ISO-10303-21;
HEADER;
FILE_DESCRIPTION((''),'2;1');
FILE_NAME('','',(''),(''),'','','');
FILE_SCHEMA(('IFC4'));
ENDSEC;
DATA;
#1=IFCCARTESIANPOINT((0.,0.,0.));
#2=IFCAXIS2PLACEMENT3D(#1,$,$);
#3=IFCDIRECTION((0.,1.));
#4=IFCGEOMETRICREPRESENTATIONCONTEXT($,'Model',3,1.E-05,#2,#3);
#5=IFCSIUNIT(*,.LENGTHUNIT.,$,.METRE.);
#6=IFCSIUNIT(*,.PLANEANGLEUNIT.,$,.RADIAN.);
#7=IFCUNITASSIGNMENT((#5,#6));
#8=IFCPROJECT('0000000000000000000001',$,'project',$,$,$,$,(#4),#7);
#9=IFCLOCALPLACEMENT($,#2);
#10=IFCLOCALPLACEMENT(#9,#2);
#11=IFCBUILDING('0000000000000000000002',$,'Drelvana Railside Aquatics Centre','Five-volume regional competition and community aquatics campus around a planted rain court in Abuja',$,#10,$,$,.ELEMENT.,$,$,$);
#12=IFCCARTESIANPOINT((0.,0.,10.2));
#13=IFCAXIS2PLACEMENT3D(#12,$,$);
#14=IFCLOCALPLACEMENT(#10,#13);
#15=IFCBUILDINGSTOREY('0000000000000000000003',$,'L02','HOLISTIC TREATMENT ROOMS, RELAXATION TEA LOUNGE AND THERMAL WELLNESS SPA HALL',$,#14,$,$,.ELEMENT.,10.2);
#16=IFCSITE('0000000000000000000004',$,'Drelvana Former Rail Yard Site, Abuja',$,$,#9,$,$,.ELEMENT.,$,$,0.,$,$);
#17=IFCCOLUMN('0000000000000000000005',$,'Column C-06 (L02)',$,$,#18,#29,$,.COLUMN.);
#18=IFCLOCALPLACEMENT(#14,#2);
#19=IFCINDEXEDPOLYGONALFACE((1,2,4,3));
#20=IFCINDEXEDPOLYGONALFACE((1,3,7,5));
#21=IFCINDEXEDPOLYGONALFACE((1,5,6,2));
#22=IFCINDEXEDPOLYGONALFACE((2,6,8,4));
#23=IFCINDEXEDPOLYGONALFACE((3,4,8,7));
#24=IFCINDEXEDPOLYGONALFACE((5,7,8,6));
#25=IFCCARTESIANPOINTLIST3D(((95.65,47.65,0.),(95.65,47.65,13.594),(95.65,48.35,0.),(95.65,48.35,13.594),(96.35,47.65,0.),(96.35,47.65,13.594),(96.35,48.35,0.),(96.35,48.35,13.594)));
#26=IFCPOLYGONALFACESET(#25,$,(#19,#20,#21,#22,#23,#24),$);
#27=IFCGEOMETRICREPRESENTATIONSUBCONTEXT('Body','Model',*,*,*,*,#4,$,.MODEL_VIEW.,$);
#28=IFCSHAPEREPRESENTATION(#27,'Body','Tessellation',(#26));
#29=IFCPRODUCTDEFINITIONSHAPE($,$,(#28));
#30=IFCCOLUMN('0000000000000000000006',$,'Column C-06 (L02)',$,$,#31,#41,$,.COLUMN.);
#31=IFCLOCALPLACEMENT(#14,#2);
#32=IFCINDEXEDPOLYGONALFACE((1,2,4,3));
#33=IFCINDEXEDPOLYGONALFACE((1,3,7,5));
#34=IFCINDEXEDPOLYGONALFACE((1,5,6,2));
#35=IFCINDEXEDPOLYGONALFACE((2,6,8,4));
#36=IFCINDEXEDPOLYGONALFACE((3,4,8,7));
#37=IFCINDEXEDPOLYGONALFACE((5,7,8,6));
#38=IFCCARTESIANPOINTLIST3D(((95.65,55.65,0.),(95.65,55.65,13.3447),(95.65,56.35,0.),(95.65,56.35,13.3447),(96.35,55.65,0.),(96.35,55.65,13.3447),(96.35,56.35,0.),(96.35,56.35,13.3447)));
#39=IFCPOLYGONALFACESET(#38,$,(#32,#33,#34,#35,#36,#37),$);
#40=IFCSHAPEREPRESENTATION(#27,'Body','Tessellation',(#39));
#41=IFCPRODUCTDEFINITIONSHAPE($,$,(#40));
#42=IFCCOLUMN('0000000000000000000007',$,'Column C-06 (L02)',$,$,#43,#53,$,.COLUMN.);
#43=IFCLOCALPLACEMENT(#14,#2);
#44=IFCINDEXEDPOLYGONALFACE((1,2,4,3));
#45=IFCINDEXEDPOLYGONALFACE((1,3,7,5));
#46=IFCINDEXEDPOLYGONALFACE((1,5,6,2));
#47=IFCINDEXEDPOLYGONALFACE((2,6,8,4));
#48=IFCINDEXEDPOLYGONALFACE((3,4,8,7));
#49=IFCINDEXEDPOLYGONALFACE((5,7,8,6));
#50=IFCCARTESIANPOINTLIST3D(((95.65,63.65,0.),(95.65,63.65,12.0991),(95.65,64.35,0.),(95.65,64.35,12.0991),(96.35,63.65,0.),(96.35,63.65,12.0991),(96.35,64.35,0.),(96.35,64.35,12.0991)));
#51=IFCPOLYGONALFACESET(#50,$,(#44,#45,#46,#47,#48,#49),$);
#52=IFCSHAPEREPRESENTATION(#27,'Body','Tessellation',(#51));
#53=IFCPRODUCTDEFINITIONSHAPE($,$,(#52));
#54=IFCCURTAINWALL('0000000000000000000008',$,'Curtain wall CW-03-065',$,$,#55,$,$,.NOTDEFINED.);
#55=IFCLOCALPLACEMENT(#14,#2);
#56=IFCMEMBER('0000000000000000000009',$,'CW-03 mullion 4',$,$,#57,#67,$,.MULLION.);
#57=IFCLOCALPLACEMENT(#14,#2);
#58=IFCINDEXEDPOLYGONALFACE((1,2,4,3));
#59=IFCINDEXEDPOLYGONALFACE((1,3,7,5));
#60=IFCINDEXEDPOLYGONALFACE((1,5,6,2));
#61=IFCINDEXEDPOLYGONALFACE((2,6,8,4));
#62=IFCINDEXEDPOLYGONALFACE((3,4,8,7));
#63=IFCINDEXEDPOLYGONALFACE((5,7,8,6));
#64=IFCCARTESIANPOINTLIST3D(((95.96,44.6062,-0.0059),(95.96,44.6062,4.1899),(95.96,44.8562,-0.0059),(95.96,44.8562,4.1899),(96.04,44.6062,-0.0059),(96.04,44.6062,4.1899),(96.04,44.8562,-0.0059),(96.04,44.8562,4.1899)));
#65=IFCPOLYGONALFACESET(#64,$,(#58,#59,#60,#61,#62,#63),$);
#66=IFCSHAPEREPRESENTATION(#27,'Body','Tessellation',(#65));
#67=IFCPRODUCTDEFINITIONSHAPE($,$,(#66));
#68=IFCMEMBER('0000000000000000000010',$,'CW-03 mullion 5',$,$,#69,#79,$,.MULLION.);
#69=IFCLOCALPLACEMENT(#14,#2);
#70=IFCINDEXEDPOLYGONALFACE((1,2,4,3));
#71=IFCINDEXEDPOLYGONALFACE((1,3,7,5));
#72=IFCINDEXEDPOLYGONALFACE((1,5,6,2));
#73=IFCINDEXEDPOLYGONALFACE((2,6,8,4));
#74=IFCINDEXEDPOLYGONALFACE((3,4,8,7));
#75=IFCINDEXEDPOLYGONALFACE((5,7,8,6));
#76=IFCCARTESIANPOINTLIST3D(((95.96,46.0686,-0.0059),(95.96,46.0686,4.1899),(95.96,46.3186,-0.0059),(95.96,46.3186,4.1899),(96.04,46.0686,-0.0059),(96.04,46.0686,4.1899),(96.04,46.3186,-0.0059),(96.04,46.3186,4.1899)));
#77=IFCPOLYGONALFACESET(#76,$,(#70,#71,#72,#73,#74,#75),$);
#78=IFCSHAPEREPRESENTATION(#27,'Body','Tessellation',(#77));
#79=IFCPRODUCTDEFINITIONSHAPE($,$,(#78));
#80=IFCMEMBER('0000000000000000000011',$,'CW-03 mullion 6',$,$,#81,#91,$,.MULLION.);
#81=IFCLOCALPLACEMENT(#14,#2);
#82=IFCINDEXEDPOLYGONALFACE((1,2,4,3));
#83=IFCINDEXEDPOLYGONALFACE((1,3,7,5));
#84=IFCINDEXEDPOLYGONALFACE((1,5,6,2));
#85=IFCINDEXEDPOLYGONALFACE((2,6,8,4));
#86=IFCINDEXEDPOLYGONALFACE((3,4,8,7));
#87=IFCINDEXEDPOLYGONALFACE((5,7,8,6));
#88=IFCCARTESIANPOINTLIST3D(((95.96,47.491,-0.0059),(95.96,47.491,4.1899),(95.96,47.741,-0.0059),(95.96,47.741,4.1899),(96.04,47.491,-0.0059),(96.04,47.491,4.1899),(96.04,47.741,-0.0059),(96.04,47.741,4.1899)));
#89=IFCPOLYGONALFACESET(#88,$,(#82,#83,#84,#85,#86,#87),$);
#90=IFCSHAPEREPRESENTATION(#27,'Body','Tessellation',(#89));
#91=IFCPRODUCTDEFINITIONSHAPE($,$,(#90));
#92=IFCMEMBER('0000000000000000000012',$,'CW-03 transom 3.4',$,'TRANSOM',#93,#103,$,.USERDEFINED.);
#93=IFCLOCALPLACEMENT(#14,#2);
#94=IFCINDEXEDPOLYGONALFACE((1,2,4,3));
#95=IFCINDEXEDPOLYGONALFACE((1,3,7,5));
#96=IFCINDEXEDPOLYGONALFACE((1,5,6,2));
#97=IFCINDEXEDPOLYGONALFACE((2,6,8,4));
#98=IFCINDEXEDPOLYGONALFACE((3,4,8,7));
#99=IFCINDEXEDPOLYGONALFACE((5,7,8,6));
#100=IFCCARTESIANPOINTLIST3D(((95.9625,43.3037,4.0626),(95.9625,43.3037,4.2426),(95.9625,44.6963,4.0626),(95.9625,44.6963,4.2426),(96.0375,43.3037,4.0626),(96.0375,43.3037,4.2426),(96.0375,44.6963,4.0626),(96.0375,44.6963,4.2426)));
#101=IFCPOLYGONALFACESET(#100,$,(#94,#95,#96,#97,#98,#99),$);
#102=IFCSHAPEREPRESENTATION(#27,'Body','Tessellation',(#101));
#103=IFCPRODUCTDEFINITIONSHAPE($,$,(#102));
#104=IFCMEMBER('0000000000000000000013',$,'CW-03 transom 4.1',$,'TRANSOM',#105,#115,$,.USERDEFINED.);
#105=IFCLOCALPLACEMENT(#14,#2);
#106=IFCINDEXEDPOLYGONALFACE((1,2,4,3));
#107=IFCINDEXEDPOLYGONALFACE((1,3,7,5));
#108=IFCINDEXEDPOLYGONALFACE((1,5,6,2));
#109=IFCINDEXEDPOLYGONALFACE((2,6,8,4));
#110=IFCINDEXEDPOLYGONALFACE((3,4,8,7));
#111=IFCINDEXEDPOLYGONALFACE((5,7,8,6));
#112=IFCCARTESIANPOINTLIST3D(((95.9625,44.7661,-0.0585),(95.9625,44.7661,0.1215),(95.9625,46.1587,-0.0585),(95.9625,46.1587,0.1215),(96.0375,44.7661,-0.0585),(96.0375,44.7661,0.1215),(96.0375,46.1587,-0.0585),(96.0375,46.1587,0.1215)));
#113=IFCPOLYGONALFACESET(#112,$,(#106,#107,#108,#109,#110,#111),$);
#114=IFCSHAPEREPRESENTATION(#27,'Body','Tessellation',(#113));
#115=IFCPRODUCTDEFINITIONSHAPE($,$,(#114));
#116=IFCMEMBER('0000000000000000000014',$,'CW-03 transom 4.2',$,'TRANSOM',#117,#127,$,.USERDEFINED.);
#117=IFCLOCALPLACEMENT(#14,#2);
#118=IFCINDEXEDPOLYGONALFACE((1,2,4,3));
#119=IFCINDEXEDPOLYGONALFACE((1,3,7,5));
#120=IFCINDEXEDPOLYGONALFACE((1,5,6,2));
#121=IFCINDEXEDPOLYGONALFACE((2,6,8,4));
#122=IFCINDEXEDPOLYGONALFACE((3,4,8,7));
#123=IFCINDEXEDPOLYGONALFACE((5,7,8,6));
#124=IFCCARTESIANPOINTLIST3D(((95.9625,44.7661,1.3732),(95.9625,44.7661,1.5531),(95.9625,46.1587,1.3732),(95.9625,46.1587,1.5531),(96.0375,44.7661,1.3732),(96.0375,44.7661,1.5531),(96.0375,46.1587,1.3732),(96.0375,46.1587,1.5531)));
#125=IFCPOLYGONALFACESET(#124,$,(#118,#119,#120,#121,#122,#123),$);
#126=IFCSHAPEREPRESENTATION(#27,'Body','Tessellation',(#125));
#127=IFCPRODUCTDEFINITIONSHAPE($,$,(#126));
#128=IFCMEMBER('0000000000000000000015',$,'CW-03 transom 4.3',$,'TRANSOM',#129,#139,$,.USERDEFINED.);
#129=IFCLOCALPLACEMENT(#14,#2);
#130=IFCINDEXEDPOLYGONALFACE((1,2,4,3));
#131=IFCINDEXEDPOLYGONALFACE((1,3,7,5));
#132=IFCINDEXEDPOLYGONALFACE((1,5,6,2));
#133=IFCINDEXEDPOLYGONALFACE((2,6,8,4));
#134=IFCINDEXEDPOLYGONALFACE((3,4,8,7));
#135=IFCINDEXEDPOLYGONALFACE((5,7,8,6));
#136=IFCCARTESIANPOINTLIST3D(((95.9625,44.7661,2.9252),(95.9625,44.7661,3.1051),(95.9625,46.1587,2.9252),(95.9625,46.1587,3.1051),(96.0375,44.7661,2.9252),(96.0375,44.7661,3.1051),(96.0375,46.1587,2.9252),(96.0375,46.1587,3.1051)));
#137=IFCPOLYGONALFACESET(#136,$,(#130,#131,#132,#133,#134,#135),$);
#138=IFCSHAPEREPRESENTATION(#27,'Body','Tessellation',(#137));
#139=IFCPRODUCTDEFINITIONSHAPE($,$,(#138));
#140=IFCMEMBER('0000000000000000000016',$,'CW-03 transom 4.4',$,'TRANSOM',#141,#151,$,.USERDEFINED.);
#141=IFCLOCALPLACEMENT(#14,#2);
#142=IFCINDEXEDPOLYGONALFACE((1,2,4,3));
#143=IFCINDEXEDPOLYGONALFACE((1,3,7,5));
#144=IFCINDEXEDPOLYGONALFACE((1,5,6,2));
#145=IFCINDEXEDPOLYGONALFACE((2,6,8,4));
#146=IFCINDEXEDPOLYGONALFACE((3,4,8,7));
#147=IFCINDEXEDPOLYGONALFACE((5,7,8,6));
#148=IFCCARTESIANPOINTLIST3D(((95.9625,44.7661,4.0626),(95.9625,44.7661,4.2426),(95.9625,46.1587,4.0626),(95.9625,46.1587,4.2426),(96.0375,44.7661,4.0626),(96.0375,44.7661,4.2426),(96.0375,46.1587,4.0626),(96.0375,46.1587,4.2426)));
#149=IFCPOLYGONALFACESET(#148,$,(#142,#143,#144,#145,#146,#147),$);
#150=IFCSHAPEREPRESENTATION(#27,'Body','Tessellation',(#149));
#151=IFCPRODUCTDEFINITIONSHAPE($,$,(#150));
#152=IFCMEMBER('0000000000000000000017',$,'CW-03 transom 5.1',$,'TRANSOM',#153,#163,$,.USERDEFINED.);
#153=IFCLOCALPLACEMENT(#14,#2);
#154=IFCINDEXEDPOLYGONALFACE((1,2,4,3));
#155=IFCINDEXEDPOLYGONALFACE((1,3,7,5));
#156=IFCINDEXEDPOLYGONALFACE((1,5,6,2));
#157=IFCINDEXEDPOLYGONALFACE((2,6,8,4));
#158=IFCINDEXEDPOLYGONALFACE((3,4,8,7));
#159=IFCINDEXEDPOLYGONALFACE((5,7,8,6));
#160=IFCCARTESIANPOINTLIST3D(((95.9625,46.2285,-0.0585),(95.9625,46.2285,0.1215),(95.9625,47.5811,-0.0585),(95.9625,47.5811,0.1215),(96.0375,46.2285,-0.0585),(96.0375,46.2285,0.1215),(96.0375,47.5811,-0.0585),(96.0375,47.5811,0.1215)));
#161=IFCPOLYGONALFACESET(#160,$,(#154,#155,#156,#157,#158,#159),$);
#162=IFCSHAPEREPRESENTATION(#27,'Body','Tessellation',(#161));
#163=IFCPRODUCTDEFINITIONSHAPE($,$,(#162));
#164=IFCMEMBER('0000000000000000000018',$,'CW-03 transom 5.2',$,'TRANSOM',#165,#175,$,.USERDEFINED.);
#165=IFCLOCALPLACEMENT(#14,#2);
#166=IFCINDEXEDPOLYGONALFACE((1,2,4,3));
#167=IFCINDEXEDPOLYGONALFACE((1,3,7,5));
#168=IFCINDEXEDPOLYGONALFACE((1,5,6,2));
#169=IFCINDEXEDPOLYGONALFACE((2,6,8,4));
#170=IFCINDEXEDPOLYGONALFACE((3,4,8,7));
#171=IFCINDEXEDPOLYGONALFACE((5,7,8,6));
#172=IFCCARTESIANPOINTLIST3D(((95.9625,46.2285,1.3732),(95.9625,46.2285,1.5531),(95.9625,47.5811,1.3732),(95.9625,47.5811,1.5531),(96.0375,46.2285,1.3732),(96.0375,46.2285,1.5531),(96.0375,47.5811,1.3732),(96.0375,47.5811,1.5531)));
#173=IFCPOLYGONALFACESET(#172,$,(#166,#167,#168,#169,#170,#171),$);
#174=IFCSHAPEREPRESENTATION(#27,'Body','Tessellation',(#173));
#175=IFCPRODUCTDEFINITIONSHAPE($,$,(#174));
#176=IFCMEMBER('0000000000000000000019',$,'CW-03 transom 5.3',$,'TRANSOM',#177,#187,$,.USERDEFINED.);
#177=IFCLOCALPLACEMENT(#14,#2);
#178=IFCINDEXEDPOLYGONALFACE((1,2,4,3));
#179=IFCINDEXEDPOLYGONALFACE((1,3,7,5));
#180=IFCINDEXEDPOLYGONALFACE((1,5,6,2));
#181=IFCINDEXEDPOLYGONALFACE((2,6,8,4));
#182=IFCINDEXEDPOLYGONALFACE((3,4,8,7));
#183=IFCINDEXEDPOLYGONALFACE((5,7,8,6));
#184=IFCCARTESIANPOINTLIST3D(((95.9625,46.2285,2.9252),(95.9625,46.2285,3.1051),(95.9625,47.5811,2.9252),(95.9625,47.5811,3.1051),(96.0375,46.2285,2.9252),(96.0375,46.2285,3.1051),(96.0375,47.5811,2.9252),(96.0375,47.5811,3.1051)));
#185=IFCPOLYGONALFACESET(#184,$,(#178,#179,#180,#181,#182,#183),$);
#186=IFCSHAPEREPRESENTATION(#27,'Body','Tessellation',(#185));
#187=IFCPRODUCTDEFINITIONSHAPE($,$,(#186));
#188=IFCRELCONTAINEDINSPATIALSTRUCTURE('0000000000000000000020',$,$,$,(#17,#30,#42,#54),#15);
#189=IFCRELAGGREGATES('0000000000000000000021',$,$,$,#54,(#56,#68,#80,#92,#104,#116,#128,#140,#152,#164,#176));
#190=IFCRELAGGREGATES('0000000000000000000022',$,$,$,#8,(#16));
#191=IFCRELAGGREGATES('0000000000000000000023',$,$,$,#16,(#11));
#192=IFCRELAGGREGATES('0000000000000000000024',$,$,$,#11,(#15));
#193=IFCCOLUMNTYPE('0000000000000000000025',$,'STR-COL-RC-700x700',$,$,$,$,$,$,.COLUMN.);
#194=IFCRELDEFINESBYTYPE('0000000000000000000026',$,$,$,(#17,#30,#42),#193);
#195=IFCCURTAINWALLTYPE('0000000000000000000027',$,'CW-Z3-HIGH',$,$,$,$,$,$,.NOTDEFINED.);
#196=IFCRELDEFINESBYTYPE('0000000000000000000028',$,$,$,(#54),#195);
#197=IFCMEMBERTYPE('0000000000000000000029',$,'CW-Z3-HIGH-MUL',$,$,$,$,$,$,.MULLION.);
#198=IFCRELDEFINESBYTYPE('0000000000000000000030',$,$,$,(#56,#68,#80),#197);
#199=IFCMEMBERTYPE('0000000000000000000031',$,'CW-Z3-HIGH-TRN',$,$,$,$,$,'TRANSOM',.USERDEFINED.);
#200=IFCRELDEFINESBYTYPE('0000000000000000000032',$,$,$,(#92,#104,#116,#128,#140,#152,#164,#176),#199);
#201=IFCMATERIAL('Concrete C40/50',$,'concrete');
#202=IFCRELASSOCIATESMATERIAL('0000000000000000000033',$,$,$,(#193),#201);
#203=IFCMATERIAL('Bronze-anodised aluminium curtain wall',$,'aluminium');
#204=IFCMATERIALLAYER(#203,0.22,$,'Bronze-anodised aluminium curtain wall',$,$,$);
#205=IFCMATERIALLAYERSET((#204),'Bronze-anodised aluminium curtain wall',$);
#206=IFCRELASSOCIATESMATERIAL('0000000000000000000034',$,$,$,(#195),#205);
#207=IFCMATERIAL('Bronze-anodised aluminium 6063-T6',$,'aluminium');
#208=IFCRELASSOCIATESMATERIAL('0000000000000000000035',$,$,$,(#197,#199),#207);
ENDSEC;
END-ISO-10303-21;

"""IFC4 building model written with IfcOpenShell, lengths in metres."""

from ifc_helpers import new_model, si_unit, direction, frame, origin, origin_2d, place, context, subcontext, project, spatial, rectangle, extrude, material, layer, layer_set, material_profile, profile_set, type_object, element, aggregate, save


model = new_model("IFC4")

# Units and contexts
model_context = context("Model", 3, precision=1e-05, world=origin(), true_north=direction((0.0, 1.0)))
body_context = subcontext(model_context, "Body", "Model", "MODEL_VIEW")
ifc_project = project(units=[si_unit("LENGTHUNIT", "METRE"), si_unit("PLANEANGLEUNIT", "RADIAN")], contexts=[model_context])

# Site, building, storey
site_placement = place(None, origin())
site = spatial("IfcSite", under=ifc_project, at=site_placement, Name="Drelvana Former Rail Yard Site, Abuja", CompositionType="ELEMENT", RefElevation=0.0)
building_placement = place(site_placement, origin())
building = spatial("IfcBuilding", under=site, at=building_placement, Name="Drelvana Railside Aquatics Centre", Description="Five-volume regional competition and community aquatics campus around a planted rain court in Abuja", CompositionType="ELEMENT")
storey_placement = place(building_placement, frame((0.0, 0.0, 10.2)))
storey = spatial("IfcBuildingStorey", under=building, at=storey_placement, Name="L02", Description="HOLISTIC TREATMENT ROOMS, RELAXATION TEA LOUNGE AND THERMAL WELLNESS SPA HALL", CompositionType="ELEMENT", Elevation=10.2)

# Columns
ifc_material_1 = material(Name="Concrete C40/50", Category="concrete")
ifc_material_profile_1 = material_profile(ifc_material_1, rectangle(XDim=0.7, YDim=0.7, at=origin_2d()), Name="RC 700x700")
ifc_profile_set_1 = profile_set([ifc_material_profile_1], Name="Concrete C40/50")
column_type = type_object("IfcColumnType", Name="STR-COL-RC-700x700", PredefinedType="COLUMN", material=ifc_profile_set_1)
column_1_placement = place(storey_placement, frame((96.0, 48.0, 0.0), z_axis=(0.0, 0.0, 1.0), x_axis=(1.0, 0.0, 0.0)))
element("IfcColumn", 1, at=column_1_placement, inside=storey, type_object=column_type, Name="Column C-06 (L02)", PredefinedType="COLUMN", context=body_context, shape_type="SweptSolid", body=[
    extrude(rectangle(XDim=0.7, YDim=0.7, at=origin_2d()), origin(), (0.0, 0.0, 1.0), 13.594),
])
column_2_placement = place(storey_placement, frame((96.0, 56.0, 0.0), z_axis=(0.0, 0.0, 1.0), x_axis=(1.0, 0.0, 0.0)))
element("IfcColumn", 2, at=column_2_placement, inside=storey, type_object=column_type, Name="Column C-06 (L02)", PredefinedType="COLUMN", context=body_context, shape_type="SweptSolid", body=[
    extrude(rectangle(XDim=0.7, YDim=0.7, at=origin_2d()), origin(), (0.0, 0.0, 1.0), 13.3447),
])
column_3_placement = place(storey_placement, frame((96.0, 64.0, 0.0), z_axis=(0.0, 0.0, 1.0), x_axis=(1.0, 0.0, 0.0)))
element("IfcColumn", 3, at=column_3_placement, inside=storey, type_object=column_type, Name="Column C-06 (L02)", PredefinedType="COLUMN", context=body_context, shape_type="SweptSolid", body=[
    extrude(rectangle(XDim=0.7, YDim=0.7, at=origin_2d()), origin(), (0.0, 0.0, 1.0), 12.0991),
])

# Curtain wall, members
ifc_material_2 = material(Name="Bronze-anodised aluminium curtain wall", Category="aluminium")
ifc_layer_1 = layer(ifc_material_2, 0.22, Name="Bronze-anodised aluminium curtain wall")
ifc_layer_set_1 = layer_set([ifc_layer_1], Name="Bronze-anodised aluminium curtain wall")
curtain_wall_type = type_object("IfcCurtainWallType", Name="CW-Z3-HIGH", PredefinedType="NOTDEFINED", material=ifc_layer_set_1)
curtain_wall_placement = place(storey_placement, origin())
curtain_wall = element("IfcCurtainWall", 4, at=curtain_wall_placement, inside=storey, type_object=curtain_wall_type, Name="Curtain wall CW-03-065", PredefinedType="NOTDEFINED")
ifc_material_3 = material(Name="Bronze-anodised aluminium 6063-T6", Category="aluminium")
ifc_material_profile_2 = material_profile(ifc_material_3, rectangle(XDim=0.0801, YDim=0.25, at=origin_2d()), Name="ALU-M 80x250")
ifc_profile_set_2 = profile_set([ifc_material_profile_2], Name="Bronze-anodised aluminium 6063-T6")
member_type_1 = type_object("IfcMemberType", Name="CW-Z3-HIGH-MUL", PredefinedType="MULLION", material=ifc_profile_set_2)
member_1_placement = place(storey_placement, frame((96.0, 44.7312, -0.0059), z_axis=(0.0, 0.0, 1.0), x_axis=(-1.0, 0.0, 0.0)))
member_1 = element("IfcMember", 5, at=member_1_placement, type_object=member_type_1, Name="CW-03 mullion 4", PredefinedType="MULLION", context=body_context, shape_type="SweptSolid", body=[
    extrude(rectangle(XDim=0.0801, YDim=0.25, at=origin_2d()), origin(), (0.0, 0.0, 1.0), 4.1958),
])
member_2_placement = place(storey_placement, frame((96.0, 46.1936, -0.0059), z_axis=(0.0, 0.0, 1.0), x_axis=(-1.0, 0.0, 0.0)))
member_2 = element("IfcMember", 6, at=member_2_placement, type_object=member_type_1, Name="CW-03 mullion 5", PredefinedType="MULLION", context=body_context, shape_type="SweptSolid", body=[
    extrude(rectangle(XDim=0.0801, YDim=0.25, at=origin_2d()), origin(), (0.0, 0.0, 1.0), 4.1958),
])
member_3_placement = place(storey_placement, frame((96.0, 47.616, -0.0059), z_axis=(0.0, 0.0, 1.0), x_axis=(-1.0, 0.0, 0.0)))
member_3 = element("IfcMember", 7, at=member_3_placement, type_object=member_type_1, Name="CW-03 mullion 6", PredefinedType="MULLION", context=body_context, shape_type="SweptSolid", body=[
    extrude(rectangle(XDim=0.0801, YDim=0.25, at=origin_2d()), origin(), (0.0, 0.0, 1.0), 4.1958),
])
ifc_material_profile_3 = material_profile(ifc_material_3, rectangle(XDim=0.1799, YDim=0.075, at=origin_2d()), Name="ALU-T 75x180")
ifc_profile_set_3 = profile_set([ifc_material_profile_3], Name="Bronze-anodised aluminium 6063-T6")
member_type_2 = type_object("IfcMemberType", Name="CW-Z3-HIGH-TRN", ElementType="TRANSOM", PredefinedType="USERDEFINED", material=ifc_profile_set_3)
member_4_placement = place(storey_placement, frame((96.0, 43.3037, 4.1526), z_axis=(0.0, 1.0, 0.0), x_axis=(0.0, 0.0, 1.0)))
member_4 = element("IfcMember", 8, at=member_4_placement, type_object=member_type_2, Name="CW-03 transom 3.4", ObjectType="TRANSOM", PredefinedType="USERDEFINED", context=body_context, shape_type="SweptSolid", body=[
    extrude(rectangle(XDim=0.1799, YDim=0.075, at=origin_2d()), origin(), (0.0, 0.0, 1.0), 1.3926),
])
member_5_placement = place(storey_placement, frame((96.0, 44.7661, 0.0315), z_axis=(0.0, 1.0, 0.0), x_axis=(0.0, 0.0, 1.0)))
member_5 = element("IfcMember", 9, at=member_5_placement, type_object=member_type_2, Name="CW-03 transom 4.1", ObjectType="TRANSOM", PredefinedType="USERDEFINED", context=body_context, shape_type="SweptSolid", body=[
    extrude(rectangle(XDim=0.1799, YDim=0.075, at=origin_2d()), origin(), (0.0, 0.0, 1.0), 1.3926),
])
member_6_placement = place(storey_placement, frame((96.0, 44.7661, 1.4631), z_axis=(0.0, 1.0, 0.0), x_axis=(0.0, 0.0, 1.0)))
member_6 = element("IfcMember", 10, at=member_6_placement, type_object=member_type_2, Name="CW-03 transom 4.2", ObjectType="TRANSOM", PredefinedType="USERDEFINED", context=body_context, shape_type="SweptSolid", body=[
    extrude(rectangle(XDim=0.1799, YDim=0.075, at=origin_2d()), origin(), (0.0, 0.0, 1.0), 1.3926),
])
member_7_placement = place(storey_placement, frame((96.0, 44.7661, 3.0151), z_axis=(0.0, 1.0, 0.0), x_axis=(0.0, 0.0, 1.0)))
member_7 = element("IfcMember", 11, at=member_7_placement, type_object=member_type_2, Name="CW-03 transom 4.3", ObjectType="TRANSOM", PredefinedType="USERDEFINED", context=body_context, shape_type="SweptSolid", body=[
    extrude(rectangle(XDim=0.1799, YDim=0.075, at=origin_2d()), origin(), (0.0, 0.0, 1.0), 1.3926),
])
member_8_placement = place(storey_placement, frame((96.0, 44.7661, 4.1526), z_axis=(0.0, 1.0, 0.0), x_axis=(0.0, 0.0, 1.0)))
member_8 = element("IfcMember", 12, at=member_8_placement, type_object=member_type_2, Name="CW-03 transom 4.4", ObjectType="TRANSOM", PredefinedType="USERDEFINED", context=body_context, shape_type="SweptSolid", body=[
    extrude(rectangle(XDim=0.1799, YDim=0.075, at=origin_2d()), origin(), (0.0, 0.0, 1.0), 1.3926),
])
member_9_placement = place(storey_placement, frame((96.0, 46.2285, 0.0315), z_axis=(0.0, 1.0, 0.0), x_axis=(0.0, 0.0, 1.0)))
member_9 = element("IfcMember", 13, at=member_9_placement, type_object=member_type_2, Name="CW-03 transom 5.1", ObjectType="TRANSOM", PredefinedType="USERDEFINED", context=body_context, shape_type="SweptSolid", body=[
    extrude(rectangle(XDim=0.1799, YDim=0.075, at=origin_2d()), origin(), (0.0, 0.0, 1.0), 1.3525),
])
member_10_placement = place(storey_placement, frame((96.0, 46.2285, 1.4631), z_axis=(0.0, 1.0, 0.0), x_axis=(0.0, 0.0, 1.0)))
member_10 = element("IfcMember", 14, at=member_10_placement, type_object=member_type_2, Name="CW-03 transom 5.2", ObjectType="TRANSOM", PredefinedType="USERDEFINED", context=body_context, shape_type="SweptSolid", body=[
    extrude(rectangle(XDim=0.1799, YDim=0.075, at=origin_2d()), origin(), (0.0, 0.0, 1.0), 1.3525),
])
member_11_placement = place(storey_placement, frame((96.0, 46.2285, 3.0151), z_axis=(0.0, 1.0, 0.0), x_axis=(0.0, 0.0, 1.0)))
member_11 = element("IfcMember", 15, at=member_11_placement, type_object=member_type_2, Name="CW-03 transom 5.3", ObjectType="TRANSOM", PredefinedType="USERDEFINED", context=body_context, shape_type="SweptSolid", body=[
    extrude(rectangle(XDim=0.1799, YDim=0.075, at=origin_2d()), origin(), (0.0, 0.0, 1.0), 1.3525),
])
aggregate(curtain_wall, [member_1, member_2, member_3, member_4, member_5, member_6, member_7, member_8, member_9, member_10, member_11])

save(model, "model.ifc")
